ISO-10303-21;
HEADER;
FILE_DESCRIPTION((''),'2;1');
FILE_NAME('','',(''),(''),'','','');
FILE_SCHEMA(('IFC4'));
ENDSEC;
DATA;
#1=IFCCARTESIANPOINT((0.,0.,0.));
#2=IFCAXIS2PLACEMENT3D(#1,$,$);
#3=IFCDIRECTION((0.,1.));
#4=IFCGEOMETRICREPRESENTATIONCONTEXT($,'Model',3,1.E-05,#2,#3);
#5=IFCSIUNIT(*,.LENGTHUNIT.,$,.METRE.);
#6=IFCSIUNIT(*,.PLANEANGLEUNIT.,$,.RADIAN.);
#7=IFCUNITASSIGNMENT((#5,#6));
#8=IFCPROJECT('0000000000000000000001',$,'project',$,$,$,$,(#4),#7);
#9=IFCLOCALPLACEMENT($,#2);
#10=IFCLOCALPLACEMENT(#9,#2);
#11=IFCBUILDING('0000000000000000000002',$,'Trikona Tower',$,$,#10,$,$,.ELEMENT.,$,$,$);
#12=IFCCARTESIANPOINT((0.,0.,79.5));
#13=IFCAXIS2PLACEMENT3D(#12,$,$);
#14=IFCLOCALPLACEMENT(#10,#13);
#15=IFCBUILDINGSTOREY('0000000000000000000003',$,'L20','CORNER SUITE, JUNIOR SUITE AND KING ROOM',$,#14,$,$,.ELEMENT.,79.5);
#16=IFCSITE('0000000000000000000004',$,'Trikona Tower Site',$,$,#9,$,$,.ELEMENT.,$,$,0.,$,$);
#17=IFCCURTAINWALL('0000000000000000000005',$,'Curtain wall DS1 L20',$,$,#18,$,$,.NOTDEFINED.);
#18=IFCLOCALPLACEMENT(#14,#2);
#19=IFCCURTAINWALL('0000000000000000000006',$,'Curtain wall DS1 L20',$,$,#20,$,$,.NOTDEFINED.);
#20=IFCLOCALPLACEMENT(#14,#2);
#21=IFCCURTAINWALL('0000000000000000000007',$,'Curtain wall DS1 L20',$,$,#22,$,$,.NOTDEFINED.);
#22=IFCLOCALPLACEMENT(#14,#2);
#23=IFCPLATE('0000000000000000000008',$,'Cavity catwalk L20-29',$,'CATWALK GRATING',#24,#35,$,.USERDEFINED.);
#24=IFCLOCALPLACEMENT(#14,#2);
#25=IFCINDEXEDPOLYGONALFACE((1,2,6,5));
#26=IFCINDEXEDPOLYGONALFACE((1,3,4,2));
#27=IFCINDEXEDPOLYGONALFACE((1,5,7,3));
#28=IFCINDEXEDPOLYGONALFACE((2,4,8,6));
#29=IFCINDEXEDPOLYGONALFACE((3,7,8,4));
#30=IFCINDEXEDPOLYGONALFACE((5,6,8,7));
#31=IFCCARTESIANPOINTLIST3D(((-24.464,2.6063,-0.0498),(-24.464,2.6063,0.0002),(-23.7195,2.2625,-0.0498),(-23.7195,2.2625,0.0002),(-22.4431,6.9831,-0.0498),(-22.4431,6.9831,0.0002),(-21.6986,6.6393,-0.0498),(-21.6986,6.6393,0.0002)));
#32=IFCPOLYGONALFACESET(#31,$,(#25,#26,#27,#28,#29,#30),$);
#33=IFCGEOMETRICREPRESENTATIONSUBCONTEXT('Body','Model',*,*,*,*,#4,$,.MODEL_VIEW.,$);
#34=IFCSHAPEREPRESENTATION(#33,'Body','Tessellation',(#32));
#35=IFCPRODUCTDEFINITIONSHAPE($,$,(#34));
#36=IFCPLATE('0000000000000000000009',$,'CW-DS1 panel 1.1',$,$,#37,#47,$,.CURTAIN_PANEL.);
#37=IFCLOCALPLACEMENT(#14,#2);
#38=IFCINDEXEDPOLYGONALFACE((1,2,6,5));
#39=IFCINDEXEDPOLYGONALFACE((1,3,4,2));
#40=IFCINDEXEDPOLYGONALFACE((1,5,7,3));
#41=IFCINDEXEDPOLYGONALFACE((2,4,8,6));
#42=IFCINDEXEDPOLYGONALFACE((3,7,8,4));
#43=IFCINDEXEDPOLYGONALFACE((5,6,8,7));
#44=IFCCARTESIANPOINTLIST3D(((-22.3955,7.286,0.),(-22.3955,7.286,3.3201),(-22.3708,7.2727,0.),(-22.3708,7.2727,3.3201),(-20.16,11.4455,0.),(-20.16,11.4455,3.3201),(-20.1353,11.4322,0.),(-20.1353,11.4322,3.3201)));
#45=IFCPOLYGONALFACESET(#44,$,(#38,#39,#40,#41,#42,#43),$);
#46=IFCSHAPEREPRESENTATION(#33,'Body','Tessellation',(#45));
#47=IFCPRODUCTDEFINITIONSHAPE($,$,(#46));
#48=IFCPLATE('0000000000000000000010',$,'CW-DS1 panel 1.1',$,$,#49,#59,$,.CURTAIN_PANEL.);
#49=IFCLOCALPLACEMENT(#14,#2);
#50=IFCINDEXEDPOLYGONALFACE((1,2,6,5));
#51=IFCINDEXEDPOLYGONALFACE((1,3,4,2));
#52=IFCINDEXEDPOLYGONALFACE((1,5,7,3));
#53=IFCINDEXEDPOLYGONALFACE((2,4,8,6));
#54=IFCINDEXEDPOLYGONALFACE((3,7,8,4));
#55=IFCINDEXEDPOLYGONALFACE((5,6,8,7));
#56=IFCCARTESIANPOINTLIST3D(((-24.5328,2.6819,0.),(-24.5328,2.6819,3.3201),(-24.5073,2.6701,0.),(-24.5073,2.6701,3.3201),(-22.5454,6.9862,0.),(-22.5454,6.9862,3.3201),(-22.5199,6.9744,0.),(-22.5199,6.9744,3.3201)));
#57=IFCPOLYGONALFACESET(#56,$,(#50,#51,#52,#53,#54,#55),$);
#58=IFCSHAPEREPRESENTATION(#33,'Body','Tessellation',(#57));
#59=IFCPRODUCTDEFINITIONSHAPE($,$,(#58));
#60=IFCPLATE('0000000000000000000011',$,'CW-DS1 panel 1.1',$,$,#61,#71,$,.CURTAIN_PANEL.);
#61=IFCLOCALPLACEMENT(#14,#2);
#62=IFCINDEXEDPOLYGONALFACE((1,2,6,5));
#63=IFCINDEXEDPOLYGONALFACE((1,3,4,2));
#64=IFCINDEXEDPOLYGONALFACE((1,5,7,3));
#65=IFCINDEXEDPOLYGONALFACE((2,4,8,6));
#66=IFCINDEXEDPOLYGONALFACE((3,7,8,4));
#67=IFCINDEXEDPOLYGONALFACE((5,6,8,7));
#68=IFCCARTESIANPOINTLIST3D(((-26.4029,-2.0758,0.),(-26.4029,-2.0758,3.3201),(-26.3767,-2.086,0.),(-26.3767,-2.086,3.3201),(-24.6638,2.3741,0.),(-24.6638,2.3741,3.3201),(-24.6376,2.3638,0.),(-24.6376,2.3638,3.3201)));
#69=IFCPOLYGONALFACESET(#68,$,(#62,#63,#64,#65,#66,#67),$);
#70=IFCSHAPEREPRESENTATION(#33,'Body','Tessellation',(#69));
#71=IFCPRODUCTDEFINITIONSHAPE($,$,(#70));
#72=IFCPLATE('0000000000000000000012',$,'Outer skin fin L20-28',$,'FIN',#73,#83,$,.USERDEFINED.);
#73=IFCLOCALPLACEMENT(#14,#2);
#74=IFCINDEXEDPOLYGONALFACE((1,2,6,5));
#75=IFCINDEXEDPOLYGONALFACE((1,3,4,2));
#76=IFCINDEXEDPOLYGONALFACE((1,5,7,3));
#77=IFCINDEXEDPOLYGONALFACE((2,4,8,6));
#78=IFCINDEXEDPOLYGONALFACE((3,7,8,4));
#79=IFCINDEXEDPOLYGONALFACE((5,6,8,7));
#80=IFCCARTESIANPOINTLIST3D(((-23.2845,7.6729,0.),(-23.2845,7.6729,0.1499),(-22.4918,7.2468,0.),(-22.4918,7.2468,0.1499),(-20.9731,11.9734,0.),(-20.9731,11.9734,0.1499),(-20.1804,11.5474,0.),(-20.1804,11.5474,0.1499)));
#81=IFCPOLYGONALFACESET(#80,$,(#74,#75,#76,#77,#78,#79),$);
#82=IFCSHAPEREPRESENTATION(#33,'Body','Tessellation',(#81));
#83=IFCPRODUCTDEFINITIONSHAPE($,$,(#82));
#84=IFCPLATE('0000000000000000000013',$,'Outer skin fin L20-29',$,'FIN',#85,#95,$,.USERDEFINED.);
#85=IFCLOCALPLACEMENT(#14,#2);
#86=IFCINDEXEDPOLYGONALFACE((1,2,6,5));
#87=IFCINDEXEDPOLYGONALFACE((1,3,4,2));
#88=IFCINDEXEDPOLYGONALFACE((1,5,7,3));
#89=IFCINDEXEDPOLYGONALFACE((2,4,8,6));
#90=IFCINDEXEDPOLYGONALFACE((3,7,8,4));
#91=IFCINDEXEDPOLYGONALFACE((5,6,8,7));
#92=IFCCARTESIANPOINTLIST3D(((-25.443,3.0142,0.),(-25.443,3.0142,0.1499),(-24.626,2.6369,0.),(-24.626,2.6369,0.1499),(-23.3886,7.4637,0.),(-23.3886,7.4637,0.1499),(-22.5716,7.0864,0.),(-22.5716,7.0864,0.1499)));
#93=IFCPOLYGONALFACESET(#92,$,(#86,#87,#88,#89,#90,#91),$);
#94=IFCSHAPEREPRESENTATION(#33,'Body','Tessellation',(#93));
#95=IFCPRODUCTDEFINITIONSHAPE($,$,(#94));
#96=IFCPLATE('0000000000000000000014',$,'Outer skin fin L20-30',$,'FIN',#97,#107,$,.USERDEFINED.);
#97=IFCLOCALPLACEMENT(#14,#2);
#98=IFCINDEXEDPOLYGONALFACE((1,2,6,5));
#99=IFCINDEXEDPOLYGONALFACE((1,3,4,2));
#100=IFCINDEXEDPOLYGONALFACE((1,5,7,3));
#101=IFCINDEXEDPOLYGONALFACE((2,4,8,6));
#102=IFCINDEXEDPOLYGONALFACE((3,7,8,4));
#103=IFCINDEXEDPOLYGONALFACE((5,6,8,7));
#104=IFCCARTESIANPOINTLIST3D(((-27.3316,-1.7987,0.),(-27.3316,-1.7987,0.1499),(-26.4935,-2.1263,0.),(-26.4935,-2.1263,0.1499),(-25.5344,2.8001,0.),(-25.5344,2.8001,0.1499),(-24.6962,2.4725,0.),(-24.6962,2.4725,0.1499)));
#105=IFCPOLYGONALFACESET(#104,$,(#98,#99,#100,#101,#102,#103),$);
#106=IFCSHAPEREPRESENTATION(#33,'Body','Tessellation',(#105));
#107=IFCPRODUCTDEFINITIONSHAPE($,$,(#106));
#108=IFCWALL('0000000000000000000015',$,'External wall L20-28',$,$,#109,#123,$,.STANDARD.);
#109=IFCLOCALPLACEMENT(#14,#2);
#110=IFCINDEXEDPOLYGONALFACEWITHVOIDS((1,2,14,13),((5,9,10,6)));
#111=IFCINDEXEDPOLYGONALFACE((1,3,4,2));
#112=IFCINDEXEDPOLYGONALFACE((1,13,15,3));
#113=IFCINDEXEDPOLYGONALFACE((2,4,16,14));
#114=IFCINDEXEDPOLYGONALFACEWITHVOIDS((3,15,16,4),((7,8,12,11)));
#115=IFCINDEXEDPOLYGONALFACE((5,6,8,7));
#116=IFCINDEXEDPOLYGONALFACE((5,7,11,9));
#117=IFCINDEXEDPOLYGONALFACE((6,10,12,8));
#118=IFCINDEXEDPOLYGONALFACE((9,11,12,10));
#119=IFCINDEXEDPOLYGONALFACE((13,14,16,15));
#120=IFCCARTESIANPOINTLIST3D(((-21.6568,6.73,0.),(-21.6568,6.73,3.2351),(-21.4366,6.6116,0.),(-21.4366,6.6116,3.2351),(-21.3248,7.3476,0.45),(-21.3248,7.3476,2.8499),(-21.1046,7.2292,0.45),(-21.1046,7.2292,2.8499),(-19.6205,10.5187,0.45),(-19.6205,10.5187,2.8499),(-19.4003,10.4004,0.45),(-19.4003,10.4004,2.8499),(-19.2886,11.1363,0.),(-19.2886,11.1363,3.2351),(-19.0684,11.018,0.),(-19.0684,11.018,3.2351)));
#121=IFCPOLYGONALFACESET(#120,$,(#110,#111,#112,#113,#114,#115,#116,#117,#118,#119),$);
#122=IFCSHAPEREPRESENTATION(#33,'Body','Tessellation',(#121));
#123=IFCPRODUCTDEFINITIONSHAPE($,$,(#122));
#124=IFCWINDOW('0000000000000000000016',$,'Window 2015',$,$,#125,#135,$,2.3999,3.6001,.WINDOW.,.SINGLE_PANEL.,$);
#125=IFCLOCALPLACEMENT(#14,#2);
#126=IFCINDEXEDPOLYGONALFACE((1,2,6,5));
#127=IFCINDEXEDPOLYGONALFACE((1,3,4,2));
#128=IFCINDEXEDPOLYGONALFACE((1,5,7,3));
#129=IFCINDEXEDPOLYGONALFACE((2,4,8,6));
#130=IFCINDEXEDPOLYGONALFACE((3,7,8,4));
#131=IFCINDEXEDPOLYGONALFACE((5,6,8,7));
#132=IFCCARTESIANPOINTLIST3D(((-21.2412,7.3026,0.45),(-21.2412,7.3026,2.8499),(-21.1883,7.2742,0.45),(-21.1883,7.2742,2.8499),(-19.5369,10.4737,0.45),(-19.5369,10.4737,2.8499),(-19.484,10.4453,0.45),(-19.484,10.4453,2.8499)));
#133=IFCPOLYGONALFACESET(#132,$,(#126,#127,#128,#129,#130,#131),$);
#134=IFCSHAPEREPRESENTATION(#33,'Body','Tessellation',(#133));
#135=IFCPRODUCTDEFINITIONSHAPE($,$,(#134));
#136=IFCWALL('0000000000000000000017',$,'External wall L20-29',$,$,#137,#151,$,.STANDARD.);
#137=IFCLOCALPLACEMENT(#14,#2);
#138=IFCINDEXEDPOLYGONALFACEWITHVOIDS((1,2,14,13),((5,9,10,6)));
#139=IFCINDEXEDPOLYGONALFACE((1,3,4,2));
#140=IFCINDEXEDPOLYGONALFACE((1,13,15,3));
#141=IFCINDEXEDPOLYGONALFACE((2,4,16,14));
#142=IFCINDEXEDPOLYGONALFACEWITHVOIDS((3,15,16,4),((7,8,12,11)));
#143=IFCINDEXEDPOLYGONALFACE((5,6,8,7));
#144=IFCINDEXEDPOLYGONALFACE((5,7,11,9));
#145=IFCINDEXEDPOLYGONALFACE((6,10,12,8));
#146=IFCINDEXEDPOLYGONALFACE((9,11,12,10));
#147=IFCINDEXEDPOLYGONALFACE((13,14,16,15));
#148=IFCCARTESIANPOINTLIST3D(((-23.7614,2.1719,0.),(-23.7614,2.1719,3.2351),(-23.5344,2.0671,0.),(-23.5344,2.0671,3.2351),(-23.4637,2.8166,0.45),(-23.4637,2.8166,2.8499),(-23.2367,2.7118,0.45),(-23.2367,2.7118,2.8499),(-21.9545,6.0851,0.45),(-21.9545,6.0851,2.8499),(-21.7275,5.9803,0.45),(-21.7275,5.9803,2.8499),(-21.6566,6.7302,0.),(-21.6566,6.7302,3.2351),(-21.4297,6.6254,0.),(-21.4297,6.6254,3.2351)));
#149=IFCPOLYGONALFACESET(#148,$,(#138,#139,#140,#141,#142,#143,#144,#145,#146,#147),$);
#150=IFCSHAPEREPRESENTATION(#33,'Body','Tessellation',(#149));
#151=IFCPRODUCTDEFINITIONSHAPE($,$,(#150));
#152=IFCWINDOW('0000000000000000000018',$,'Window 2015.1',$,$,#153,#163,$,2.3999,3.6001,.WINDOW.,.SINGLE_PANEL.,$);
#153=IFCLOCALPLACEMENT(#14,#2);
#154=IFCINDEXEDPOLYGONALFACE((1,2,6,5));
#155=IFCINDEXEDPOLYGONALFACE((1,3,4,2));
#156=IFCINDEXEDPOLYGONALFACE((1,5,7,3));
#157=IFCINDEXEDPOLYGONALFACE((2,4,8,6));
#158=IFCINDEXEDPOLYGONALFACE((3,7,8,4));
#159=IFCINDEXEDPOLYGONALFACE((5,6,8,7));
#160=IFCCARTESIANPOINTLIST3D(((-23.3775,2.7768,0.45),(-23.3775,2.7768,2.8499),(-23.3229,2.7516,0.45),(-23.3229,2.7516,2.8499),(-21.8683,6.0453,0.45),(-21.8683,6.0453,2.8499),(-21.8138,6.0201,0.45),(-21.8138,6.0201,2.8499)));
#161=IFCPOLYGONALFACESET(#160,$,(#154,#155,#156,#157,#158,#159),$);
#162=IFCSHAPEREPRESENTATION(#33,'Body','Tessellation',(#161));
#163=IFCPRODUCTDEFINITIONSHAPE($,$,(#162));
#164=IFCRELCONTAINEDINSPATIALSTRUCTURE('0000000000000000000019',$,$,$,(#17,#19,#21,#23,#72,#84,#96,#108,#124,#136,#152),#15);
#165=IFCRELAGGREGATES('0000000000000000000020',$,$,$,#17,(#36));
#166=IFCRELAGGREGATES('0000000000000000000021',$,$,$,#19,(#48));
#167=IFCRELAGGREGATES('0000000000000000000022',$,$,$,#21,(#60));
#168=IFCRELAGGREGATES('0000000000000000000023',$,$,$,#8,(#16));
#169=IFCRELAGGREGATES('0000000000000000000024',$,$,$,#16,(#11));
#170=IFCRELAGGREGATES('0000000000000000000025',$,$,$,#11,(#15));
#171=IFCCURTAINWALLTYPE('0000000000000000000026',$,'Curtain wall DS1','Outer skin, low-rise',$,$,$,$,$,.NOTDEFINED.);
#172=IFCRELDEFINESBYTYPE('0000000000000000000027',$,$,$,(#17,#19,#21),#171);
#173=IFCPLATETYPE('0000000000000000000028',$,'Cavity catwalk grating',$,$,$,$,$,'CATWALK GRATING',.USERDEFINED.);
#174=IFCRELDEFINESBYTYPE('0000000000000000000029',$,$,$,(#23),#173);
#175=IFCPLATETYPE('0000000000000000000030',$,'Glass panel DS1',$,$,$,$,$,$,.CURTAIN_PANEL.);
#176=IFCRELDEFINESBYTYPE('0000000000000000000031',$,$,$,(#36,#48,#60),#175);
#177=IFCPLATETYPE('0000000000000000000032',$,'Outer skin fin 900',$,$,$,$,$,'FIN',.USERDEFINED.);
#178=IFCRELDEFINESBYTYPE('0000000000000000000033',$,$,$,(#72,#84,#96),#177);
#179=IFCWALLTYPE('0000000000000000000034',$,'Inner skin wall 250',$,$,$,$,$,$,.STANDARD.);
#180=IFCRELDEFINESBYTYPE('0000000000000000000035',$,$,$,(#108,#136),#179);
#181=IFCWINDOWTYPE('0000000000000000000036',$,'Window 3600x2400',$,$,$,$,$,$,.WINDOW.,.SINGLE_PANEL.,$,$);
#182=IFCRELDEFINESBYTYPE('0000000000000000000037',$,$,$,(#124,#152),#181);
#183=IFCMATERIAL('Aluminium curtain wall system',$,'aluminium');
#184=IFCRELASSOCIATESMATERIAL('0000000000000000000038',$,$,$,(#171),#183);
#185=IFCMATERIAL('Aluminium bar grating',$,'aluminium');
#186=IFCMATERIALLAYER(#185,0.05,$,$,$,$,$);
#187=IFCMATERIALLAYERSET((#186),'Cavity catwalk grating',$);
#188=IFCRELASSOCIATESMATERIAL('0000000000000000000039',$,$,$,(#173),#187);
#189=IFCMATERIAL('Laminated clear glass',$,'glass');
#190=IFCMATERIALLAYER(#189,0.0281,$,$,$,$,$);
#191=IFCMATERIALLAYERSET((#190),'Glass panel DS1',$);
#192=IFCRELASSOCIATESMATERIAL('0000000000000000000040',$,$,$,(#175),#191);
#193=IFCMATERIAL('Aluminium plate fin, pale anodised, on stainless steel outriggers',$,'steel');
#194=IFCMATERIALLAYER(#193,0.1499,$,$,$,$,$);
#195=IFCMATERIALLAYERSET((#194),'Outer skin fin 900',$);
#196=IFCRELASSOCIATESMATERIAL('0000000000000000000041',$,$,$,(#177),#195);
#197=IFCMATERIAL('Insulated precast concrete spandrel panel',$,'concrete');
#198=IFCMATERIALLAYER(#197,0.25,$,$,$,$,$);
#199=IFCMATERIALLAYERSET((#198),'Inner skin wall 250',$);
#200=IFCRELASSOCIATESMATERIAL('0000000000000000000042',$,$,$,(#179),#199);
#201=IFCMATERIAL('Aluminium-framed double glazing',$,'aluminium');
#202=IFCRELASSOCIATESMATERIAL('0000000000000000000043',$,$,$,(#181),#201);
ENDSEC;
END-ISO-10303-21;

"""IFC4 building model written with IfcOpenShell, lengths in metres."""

from ifc_helpers import new_model, si_unit, direction, frame, frame_2d, origin, origin_2d, place, context, subcontext, project, spatial, rectangle, extrude, material, layer, layer_set, type_object, element, fill, aggregate, save


model = new_model("IFC4")

# Units and contexts
model_context = context("Model", 3, precision=1e-05, world=origin(), true_north=direction((0.0, 1.0)))
body_context = subcontext(model_context, "Body", "Model", "MODEL_VIEW")
ifc_project = project(units=[si_unit("LENGTHUNIT", "METRE"), si_unit("PLANEANGLEUNIT", "RADIAN")], contexts=[model_context])

# Site, building, storey
site_placement = place(None, origin())
site = spatial("IfcSite", under=ifc_project, at=site_placement, Name="Trikona Tower Site", CompositionType="ELEMENT", RefElevation=0.0)
building_placement = place(site_placement, origin())
building = spatial("IfcBuilding", under=site, at=building_placement, Name="Trikona Tower", CompositionType="ELEMENT")
storey_placement = place(building_placement, frame((0.0, 0.0, 79.5)))
storey = spatial("IfcBuildingStorey", under=building, at=storey_placement, Name="L20", Description="CORNER SUITE, JUNIOR SUITE AND KING ROOM", CompositionType="ELEMENT", Elevation=79.5)

# Shared definitions
ifc_material_1 = material(Name="Aluminium curtain wall system", Category="aluminium")
curtain_wall_type = type_object("IfcCurtainWallType", Name="Curtain wall DS1", Description="Outer skin, low-rise", PredefinedType="NOTDEFINED", material=ifc_material_1)

# Curtain walls
curtain_wall_1_placement = place(storey_placement, origin())
curtain_wall_1 = element("IfcCurtainWall", 1, at=curtain_wall_1_placement, inside=storey, type_object=curtain_wall_type, Name="Curtain wall DS1 L20", PredefinedType="NOTDEFINED")
curtain_wall_2_placement = place(storey_placement, origin())
curtain_wall_2 = element("IfcCurtainWall", 2, at=curtain_wall_2_placement, inside=storey, type_object=curtain_wall_type, Name="Curtain wall DS1 L20", PredefinedType="NOTDEFINED")

# Curtain wall
curtain_wall_3_placement = place(storey_placement, origin())
curtain_wall_3 = element("IfcCurtainWall", 3, at=curtain_wall_3_placement, inside=storey, type_object=curtain_wall_type, Name="Curtain wall DS1 L20", PredefinedType="NOTDEFINED")

# Plate
ifc_material_2 = material(Name="Aluminium bar grating", Category="aluminium")
ifc_layer_1 = layer(ifc_material_2, 0.05)
ifc_layer_set_1 = layer_set([ifc_layer_1], Name="Cavity catwalk grating")
plate_type_1 = type_object("IfcPlateType", Name="Cavity catwalk grating", ElementType="CATWALK GRATING", PredefinedType="USERDEFINED", material=ifc_layer_set_1)
plate_1_placement = place(storey_placement, frame((-23.0813, 4.6228, -0.0498), z_axis=(0.0, 0.0, 1.0), x_axis=(-0.419194, -0.907897, 0.0)))
element("IfcPlate", 4, at=plate_1_placement, inside=storey, type_object=plate_type_1, Name="Cavity catwalk L20-29", ObjectType="CATWALK GRATING", PredefinedType="USERDEFINED", context=body_context, shape_type="SweptSolid", body=[
    extrude(rectangle(XDim=4.8208, YDim=0.8201, at=origin_2d()), origin(), (0.0, 0.0, 1.0), 0.05),
])

# Plates
ifc_material_3 = material(Name="Laminated clear glass", Category="glass")
ifc_layer_2 = layer(ifc_material_3, 0.0281)
ifc_layer_set_2 = layer_set([ifc_layer_2], Name="Glass panel DS1")
plate_type_2 = type_object("IfcPlateType", Name="Glass panel DS1", PredefinedType="CURTAIN_PANEL", material=ifc_layer_set_2)
plate_2_placement = place(storey_placement, frame((-21.2654, 9.3591, 0.0), z_axis=(0.0, 0.0, 1.0), x_axis=(-0.473408, -0.880843, 0.0)))
plate_2 = element("IfcPlate", 5, at=plate_2_placement, type_object=plate_type_2, Name="CW-DS1 panel 1.1", PredefinedType="CURTAIN_PANEL", context=body_context, shape_type="SweptSolid", body=[
    extrude(rectangle(XDim=4.7222, YDim=0.0281, at=origin_2d()), origin(), (0.0, 0.0, 1.0), 3.3201),
])
aggregate(curtain_wall_1, [plate_2])
plate_3_placement = place(storey_placement, frame((-23.5264, 4.8281, 0.0), z_axis=(0.0, 0.0, 1.0), x_axis=(-0.41919, -0.907898, 0.0)))
plate_3 = element("IfcPlate", 6, at=plate_3_placement, type_object=plate_type_2, Name="CW-DS1 panel 1.1", PredefinedType="CURTAIN_PANEL", context=body_context, shape_type="SweptSolid", body=[
    extrude(rectangle(XDim=4.741, YDim=0.0281, at=origin_2d()), origin(), (0.0, 0.0, 1.0), 3.3201),
])
aggregate(curtain_wall_2, [plate_3])
plate_4_placement = place(storey_placement, frame((-25.5203, 0.144, 0.0), z_axis=(0.0, 0.0, 1.0), x_axis=(-0.364008, -0.931396, 0.0)))
plate_4 = element("IfcPlate", 7, at=plate_4_placement, type_object=plate_type_2, Name="CW-DS1 panel 1.1", PredefinedType="CURTAIN_PANEL", context=body_context, shape_type="SweptSolid", body=[
    extrude(rectangle(XDim=4.7776, YDim=0.0281, at=origin_2d()), origin(), (0.0, 0.0, 1.0), 3.3201),
])
aggregate(curtain_wall_3, [plate_4])

# Plates
ifc_material_4 = material(Name="Aluminium plate fin, pale anodised, on stainless steel outriggers", Category="steel")
ifc_layer_3 = layer(ifc_material_4, 0.1499)
ifc_layer_set_3 = layer_set([ifc_layer_3], Name="Outer skin fin 900")
plate_type_3 = type_object("IfcPlateType", Name="Outer skin fin 900", ElementType="FIN", PredefinedType="USERDEFINED", material=ifc_layer_set_3)
plate_5_placement = place(storey_placement, frame((-21.7324, 9.6101, 0.0), z_axis=(0.0, 0.0, 1.0), x_axis=(-0.473423, -0.880835, 0.0)))
element("IfcPlate", 8, at=plate_5_placement, inside=storey, type_object=plate_type_3, Name="Outer skin fin L20-28", ObjectType="FIN", PredefinedType="USERDEFINED", context=body_context, shape_type="SweptSolid", body=[
    extrude(rectangle(XDim=4.8823, YDim=0.8999, at=origin_2d()), origin(), (0.0, 0.0, 1.0), 0.1499),
])
plate_6_placement = place(storey_placement, frame((-24.0073, 5.0503, 0.0), z_axis=(0.0, 0.0, 1.0), x_axis=(-0.419194, -0.907897, 0.0)))
element("IfcPlate", 9, at=plate_6_placement, inside=storey, type_object=plate_type_3, Name="Outer skin fin L20-29", ObjectType="FIN", PredefinedType="USERDEFINED", context=body_context, shape_type="SweptSolid", body=[
    extrude(rectangle(XDim=4.9009, YDim=0.8999, at=origin_2d()), origin(), (0.0, 0.0, 1.0), 0.1499),
])
plate_7_placement = place(storey_placement, frame((-26.0139, 0.3369, 0.0), z_axis=(0.0, 0.0, 1.0), x_axis=(-0.364009, -0.931395, 0.0)))
element("IfcPlate", 10, at=plate_7_placement, inside=storey, type_object=plate_type_3, Name="Outer skin fin L20-30", ObjectType="FIN", PredefinedType="USERDEFINED", context=body_context, shape_type="SweptSolid", body=[
    extrude(rectangle(XDim=4.9375, YDim=0.8999, at=origin_2d()), origin(), (0.0, 0.0, 1.0), 0.1499),
])

# Walls, openings, windows
ifc_material_5 = material(Name="Insulated precast concrete spandrel panel", Category="concrete")
ifc_layer_4 = layer(ifc_material_5, 0.25)
ifc_layer_set_4 = layer_set([ifc_layer_4], Name="Inner skin wall 250")
wall_type = type_object("IfcWallType", Name="Inner skin wall 250", PredefinedType="STANDARD", material=ifc_layer_set_4)
wall_1_placement = place(storey_placement, frame((-19.1785, 11.0771, 0.0), z_axis=(0.0, 0.0, 1.0), x_axis=(-0.473413, -0.880841, 0.0)))
wall_1 = element("IfcWall", 11, at=wall_1_placement, inside=storey, type_object=wall_type, Name="External wall L20-28", PredefinedType="STANDARD", context=body_context, shape_type="SweptSolid", body=[
    extrude(rectangle(XDim=5.0024, YDim=0.25, at=frame_2d((2.5012, 0.0))), origin(), (0.0, 0.0, 1.0), 3.2351),
])
opening_1_placement = place(wall_1_placement, frame((0.7012, 0.0, 0.45)))
opening_1 = element("IfcOpeningElement", 12, at=opening_1_placement, cuts=wall_1, PredefinedType="OPENING", context=body_context, shape_type="SweptSolid", body=[
    extrude(rectangle(XDim=3.6001, YDim=2.3999, at=frame_2d((1.8, 1.2))), frame((0.0, 0.135, 0.0), z_axis=(0.0, -1.0, 0.0), x_axis=(1.0, 0.0, 0.0)), (0.0, 0.0, 1.0), 0.27),
])
ifc_material_6 = material(Name="Aluminium-framed double glazing", Category="aluminium")
window_type = type_object("IfcWindowType", Name="Window 3600x2400", PartitioningType="SINGLE_PANEL", PredefinedType="WINDOW", material=ifc_material_6)
window_1_placement = place(opening_1_placement, origin())
window_1 = element("IfcWindow", 13, at=window_1_placement, inside=storey, type_object=window_type, Name="Window 2015", OverallHeight=2.3999, OverallWidth=3.6001, PartitioningType="SINGLE_PANEL", PredefinedType="WINDOW", context=body_context, shape_type="SweptSolid", body=[
    extrude(rectangle(XDim=3.6001, YDim=2.3999, at=frame_2d((1.8, 1.2))), frame((0.0, 0.03, 0.0), z_axis=(0.0, -1.0, 0.0), x_axis=(1.0, 0.0, 0.0)), (0.0, 0.0, 1.0), 0.0601),
])
fill(opening_1, window_1)
wall_2_placement = place(storey_placement, frame((-21.5432, 6.6777, 0.0), z_axis=(0.0, 0.0, 1.0), x_axis=(-0.419203, -0.907892, 0.0)))
wall_2 = element("IfcWall", 14, at=wall_2_placement, inside=storey, type_object=wall_type, Name="External wall L20-29", PredefinedType="STANDARD", context=body_context, shape_type="SweptSolid", body=[
    extrude(rectangle(XDim=5.0208, YDim=0.25, at=frame_2d((2.5103, 0.0))), origin(), (0.0, 0.0, 1.0), 3.2351),
])
opening_2_placement = place(wall_2_placement, frame((0.7104, 0.0, 0.45)))
opening_2 = element("IfcOpeningElement", 15, at=opening_2_placement, cuts=wall_2, PredefinedType="OPENING", context=body_context, shape_type="SweptSolid", body=[
    extrude(rectangle(XDim=3.6001, YDim=2.3999, at=frame_2d((1.8, 1.2))), frame((0.0, 0.135, 0.0), z_axis=(0.0, -1.0, 0.0), x_axis=(1.0, 0.0, 0.0)), (0.0, 0.0, 1.0), 0.27),
])
window_2_placement = place(opening_2_placement, origin())
window_2 = element("IfcWindow", 16, at=window_2_placement, inside=storey, type_object=window_type, Name="Window 2015.1", OverallHeight=2.3999, OverallWidth=3.6001, PartitioningType="SINGLE_PANEL", PredefinedType="WINDOW", context=body_context, shape_type="SweptSolid", body=[
    extrude(rectangle(XDim=3.6001, YDim=2.3999, at=frame_2d((1.8, 1.2))), frame((0.0, 0.03, 0.0), z_axis=(0.0, -1.0, 0.0), x_axis=(1.0, 0.0, 0.0)), (0.0, 0.0, 1.0), 0.0601),
])
fill(opening_2, window_2)

save(model, "model.ifc")
